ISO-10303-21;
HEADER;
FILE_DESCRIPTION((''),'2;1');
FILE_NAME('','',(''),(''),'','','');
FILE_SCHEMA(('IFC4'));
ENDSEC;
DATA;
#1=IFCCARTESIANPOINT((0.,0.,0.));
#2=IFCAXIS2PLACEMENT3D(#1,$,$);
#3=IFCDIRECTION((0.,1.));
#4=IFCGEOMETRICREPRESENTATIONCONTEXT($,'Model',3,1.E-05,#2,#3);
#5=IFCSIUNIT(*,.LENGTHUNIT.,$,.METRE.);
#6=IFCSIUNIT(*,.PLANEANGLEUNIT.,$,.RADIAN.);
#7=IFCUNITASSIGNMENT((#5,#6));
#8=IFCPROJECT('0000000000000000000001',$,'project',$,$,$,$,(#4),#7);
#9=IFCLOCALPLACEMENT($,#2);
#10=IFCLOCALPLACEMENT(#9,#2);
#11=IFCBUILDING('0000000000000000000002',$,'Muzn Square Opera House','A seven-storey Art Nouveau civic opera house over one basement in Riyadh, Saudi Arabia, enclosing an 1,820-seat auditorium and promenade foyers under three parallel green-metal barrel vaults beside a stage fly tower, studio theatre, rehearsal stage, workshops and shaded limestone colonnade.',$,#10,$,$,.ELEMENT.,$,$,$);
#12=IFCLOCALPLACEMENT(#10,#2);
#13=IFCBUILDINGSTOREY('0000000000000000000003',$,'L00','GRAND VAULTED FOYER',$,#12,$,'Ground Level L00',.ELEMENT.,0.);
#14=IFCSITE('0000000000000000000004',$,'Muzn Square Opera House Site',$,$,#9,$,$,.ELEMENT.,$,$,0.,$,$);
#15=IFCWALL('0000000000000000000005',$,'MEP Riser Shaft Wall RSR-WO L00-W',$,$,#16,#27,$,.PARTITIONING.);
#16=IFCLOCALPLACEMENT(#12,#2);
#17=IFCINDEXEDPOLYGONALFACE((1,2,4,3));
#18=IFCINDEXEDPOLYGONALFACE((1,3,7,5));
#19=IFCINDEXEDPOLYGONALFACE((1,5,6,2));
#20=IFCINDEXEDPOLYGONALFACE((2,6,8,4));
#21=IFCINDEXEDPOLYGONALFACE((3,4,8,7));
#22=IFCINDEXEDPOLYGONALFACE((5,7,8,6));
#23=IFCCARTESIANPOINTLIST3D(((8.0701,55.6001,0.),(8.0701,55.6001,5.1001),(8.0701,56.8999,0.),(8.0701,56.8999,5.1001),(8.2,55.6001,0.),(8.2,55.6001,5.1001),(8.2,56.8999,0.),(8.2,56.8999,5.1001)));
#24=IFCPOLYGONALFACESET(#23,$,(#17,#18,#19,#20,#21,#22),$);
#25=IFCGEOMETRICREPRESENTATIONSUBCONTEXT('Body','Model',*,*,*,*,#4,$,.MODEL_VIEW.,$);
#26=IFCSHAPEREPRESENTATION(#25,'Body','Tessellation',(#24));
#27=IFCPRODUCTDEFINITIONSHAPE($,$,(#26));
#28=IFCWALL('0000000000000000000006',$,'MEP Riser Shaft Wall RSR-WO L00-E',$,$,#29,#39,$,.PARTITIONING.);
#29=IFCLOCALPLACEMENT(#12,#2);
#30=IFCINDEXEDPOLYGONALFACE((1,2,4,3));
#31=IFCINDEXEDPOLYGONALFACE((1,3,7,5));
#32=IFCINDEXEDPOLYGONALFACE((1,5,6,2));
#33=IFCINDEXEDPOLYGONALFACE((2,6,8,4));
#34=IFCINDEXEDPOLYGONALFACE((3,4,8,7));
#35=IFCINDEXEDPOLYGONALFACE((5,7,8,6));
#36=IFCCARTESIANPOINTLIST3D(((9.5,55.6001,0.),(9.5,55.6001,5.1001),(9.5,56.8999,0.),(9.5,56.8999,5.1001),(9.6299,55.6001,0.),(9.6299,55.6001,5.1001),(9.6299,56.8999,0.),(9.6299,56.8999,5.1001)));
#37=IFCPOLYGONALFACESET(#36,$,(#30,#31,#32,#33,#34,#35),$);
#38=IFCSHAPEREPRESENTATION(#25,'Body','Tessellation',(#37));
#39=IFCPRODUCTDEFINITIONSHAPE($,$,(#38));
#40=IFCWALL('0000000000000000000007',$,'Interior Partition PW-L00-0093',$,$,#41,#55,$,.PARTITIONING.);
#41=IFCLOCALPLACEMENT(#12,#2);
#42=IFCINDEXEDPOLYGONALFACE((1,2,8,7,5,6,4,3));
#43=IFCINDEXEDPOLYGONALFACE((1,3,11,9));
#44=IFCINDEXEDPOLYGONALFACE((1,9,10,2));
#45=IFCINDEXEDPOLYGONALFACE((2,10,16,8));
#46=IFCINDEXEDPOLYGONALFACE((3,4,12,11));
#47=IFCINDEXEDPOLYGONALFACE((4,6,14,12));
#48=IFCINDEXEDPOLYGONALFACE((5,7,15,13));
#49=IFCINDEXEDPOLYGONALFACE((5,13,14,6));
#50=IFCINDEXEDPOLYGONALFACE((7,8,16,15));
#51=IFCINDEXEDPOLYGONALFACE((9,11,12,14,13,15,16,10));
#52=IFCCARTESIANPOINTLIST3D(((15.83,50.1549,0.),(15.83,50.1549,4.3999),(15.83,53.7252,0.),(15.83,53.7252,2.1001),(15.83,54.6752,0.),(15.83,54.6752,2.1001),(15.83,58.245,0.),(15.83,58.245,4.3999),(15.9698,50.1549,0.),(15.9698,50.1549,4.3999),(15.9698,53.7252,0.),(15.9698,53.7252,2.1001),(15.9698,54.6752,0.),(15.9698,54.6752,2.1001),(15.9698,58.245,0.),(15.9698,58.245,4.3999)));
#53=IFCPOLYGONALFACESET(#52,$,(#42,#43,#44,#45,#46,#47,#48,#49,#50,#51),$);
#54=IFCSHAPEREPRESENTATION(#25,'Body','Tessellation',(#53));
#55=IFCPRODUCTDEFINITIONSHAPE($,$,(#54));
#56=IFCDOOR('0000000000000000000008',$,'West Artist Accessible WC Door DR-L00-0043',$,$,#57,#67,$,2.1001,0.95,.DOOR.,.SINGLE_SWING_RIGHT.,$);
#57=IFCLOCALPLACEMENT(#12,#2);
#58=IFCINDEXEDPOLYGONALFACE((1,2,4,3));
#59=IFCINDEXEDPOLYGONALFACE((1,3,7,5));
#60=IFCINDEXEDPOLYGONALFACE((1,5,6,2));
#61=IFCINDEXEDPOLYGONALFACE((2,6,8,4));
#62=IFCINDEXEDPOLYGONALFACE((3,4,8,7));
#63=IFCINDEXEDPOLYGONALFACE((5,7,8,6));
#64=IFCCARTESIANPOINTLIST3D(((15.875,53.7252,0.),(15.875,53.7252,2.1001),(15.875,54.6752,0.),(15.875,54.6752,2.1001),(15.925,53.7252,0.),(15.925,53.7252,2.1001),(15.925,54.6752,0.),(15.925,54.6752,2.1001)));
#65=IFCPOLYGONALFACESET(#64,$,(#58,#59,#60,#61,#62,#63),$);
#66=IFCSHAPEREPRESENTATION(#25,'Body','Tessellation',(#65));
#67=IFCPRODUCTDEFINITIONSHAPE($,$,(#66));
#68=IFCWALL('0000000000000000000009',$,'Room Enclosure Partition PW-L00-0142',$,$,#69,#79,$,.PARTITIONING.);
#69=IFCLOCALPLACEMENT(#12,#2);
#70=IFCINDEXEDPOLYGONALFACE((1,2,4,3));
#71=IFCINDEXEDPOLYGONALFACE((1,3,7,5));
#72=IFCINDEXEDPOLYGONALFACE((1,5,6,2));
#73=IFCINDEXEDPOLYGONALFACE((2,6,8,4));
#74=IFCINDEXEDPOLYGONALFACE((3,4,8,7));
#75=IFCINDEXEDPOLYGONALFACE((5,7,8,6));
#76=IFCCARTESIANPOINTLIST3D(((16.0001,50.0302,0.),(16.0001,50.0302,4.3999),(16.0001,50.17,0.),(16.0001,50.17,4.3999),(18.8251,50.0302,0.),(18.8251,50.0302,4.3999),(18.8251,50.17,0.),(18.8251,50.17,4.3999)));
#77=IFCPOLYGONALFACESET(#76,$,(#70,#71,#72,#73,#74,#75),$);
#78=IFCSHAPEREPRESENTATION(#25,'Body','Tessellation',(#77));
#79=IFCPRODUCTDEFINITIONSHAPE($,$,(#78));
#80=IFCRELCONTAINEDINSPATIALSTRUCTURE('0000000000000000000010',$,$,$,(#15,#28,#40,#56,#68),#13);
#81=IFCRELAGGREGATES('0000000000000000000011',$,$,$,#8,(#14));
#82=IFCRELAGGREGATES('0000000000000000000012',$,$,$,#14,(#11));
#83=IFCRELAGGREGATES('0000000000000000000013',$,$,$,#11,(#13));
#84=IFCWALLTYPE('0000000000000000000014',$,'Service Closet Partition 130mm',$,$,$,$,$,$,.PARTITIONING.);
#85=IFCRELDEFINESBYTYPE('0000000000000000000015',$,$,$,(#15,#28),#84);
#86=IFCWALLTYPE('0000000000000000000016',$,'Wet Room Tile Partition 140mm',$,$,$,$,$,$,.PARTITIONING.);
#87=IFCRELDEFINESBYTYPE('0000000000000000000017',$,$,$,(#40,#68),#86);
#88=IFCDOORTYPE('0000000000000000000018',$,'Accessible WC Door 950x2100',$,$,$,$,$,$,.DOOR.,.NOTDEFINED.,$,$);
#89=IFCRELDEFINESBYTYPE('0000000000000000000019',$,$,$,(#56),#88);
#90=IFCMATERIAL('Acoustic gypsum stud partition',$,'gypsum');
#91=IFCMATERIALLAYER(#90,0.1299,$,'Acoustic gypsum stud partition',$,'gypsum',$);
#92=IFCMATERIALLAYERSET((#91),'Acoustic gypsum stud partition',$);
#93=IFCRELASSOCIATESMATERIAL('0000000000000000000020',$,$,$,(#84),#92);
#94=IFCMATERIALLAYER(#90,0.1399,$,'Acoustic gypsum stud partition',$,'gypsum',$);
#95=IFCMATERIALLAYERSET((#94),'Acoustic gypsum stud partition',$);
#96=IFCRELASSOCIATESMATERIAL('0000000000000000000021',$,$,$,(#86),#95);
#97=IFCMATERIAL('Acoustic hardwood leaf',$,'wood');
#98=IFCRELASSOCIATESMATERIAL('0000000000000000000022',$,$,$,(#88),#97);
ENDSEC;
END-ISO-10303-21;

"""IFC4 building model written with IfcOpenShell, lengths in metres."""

from ifc_helpers import new_model, si_unit, direction, frame, frame_2d, origin, place, context, subcontext, project, spatial, rectangle, extrude, material, layer, layer_set, type_object, element, fill, save


model = new_model("IFC4")

# Units and contexts
model_context = context("Model", 3, precision=1e-05, world=origin(), true_north=direction((0.0, 1.0)))
body_context = subcontext(model_context, "Body", "Model", "MODEL_VIEW")
ifc_project = project(units=[si_unit("LENGTHUNIT", "METRE"), si_unit("PLANEANGLEUNIT", "RADIAN")], contexts=[model_context])

# Site, building, storey
site_placement = place(None, origin())
site = spatial("IfcSite", under=ifc_project, at=site_placement, Name="Muzn Square Opera House Site", CompositionType="ELEMENT", RefElevation=0.0)
building_placement = place(site_placement, origin())
building = spatial("IfcBuilding", under=site, at=building_placement, Name="Muzn Square Opera House", Description="A seven-storey Art Nouveau civic opera house over one basement in Riyadh, Saudi Arabia, enclosing an 1,820-seat auditorium and promenade foyers under three parallel green-metal barrel vaults beside a stage fly tower, studio theatre, rehearsal stage, workshops and shaded limestone colonnade.", CompositionType="ELEMENT")
storey_placement = place(building_placement, origin())
storey = spatial("IfcBuildingStorey", under=building, at=storey_placement, Name="L00", Description="GRAND VAULTED FOYER", LongName="Ground Level L00", CompositionType="ELEMENT", Elevation=0.0)

# Walls
ifc_material_1 = material(Name="Acoustic gypsum stud partition", Category="gypsum")
ifc_layer_1 = layer(ifc_material_1, 0.1299, Name="Acoustic gypsum stud partition", Category="gypsum")
ifc_layer_set_1 = layer_set([ifc_layer_1], Name="Acoustic gypsum stud partition")
wall_type_1 = type_object("IfcWallType", Name="Service Closet Partition 130mm", PredefinedType="PARTITIONING", material=ifc_layer_set_1)
for number, where, z_axis, x_axis, name in (
    (1, (8.135, 55.6001, 0.0), (0.0, 0.0, 1.0), (0.0, 1.0, 0.0), "MEP Riser Shaft Wall RSR-WO L00-W"),
    (2, (9.5649, 55.6001, 0.0), (0.0, 0.0, 1.0), (0.0, 1.0, 0.0), "MEP Riser Shaft Wall RSR-WO L00-E"),
):
    element("IfcWall", number, at=place(storey_placement, frame(where, z_axis=z_axis, x_axis=x_axis)), inside=storey, type_object=wall_type_1, Name=name, PredefinedType="PARTITIONING", context=body_context, shape_type="SweptSolid", body=[
        extrude(rectangle(XDim=1.2998, YDim=0.1299, at=frame_2d((0.6499, 0.0))), origin(), (0.0, 0.0, 1.0), 5.1001),
    ])

# Wall, opening, door
ifc_layer_2 = layer(ifc_material_1, 0.1399, Name="Acoustic gypsum stud partition", Category="gypsum")
ifc_layer_set_2 = layer_set([ifc_layer_2], Name="Acoustic gypsum stud partition")
wall_type_2 = type_object("IfcWallType", Name="Wet Room Tile Partition 140mm", PredefinedType="PARTITIONING", material=ifc_layer_set_2)
wall_1_placement = place(storey_placement, frame((15.8999, 50.155, 0.0), z_axis=(0.0, 0.0, 1.0), x_axis=(0.0, 1.0, 0.0)))
wall_1 = element("IfcWall", 3, at=wall_1_placement, inside=storey, type_object=wall_type_2, Name="Interior Partition PW-L00-0093", PredefinedType="PARTITIONING", context=body_context, shape_type="SweptSolid", body=[
    extrude(rectangle(XDim=8.0901, YDim=0.1399, at=frame_2d((4.0449, 0.0))), origin(), (0.0, 0.0, 1.0), 4.3999),
])
opening_placement = place(wall_1_placement, frame((3.5701, 0.0, 0.0)))
opening = element("IfcOpeningElement", 4, at=opening_placement, cuts=wall_1, PredefinedType="OPENING", context=body_context, shape_type="SweptSolid", body=[
    extrude(rectangle(XDim=0.95, YDim=2.1001, at=frame_2d((0.4751, 1.05))), frame((0.0, 0.0798, 0.0), z_axis=(0.0, -1.0, 0.0), x_axis=(1.0, 0.0, 0.0)), (0.0, 0.0, 1.0), 0.1599),
])
ifc_material_2 = material(Name="Acoustic hardwood leaf", Category="wood")
door_type = type_object("IfcDoorType", Name="Accessible WC Door 950x2100", OperationType="NOTDEFINED", PredefinedType="DOOR", material=ifc_material_2)
door_placement = place(opening_placement, origin())
door = element("IfcDoor", 5, at=door_placement, inside=storey, type_object=door_type, Name="West Artist Accessible WC Door DR-L00-0043", OperationType="SINGLE_SWING_RIGHT", OverallHeight=2.1001, OverallWidth=0.95, PredefinedType="DOOR", context=body_context, shape_type="SweptSolid", body=[
    extrude(rectangle(XDim=0.95, YDim=2.1001, at=frame_2d((0.4751, 1.05))), frame((0.0, 0.0249, 0.0), z_axis=(0.0, -1.0, 0.0), x_axis=(1.0, 0.0, 0.0)), (0.0, 0.0, 1.0), 0.05),
])
fill(opening, door)

# Wall
wall_2_placement = place(storey_placement, frame((16.0, 50.1001, 0.0), z_axis=(0.0, 0.0, 1.0), x_axis=(1.0, 0.0, 0.0)))
element("IfcWall", 6, at=wall_2_placement, inside=storey, type_object=wall_type_2, Name="Room Enclosure Partition PW-L00-0142", PredefinedType="PARTITIONING", context=body_context, shape_type="SweptSolid", body=[
    extrude(rectangle(XDim=2.825, YDim=0.1399, at=frame_2d((1.4126, 0.0))), origin(), (0.0, 0.0, 1.0), 4.3999),
])

save(model, "model.ifc")
